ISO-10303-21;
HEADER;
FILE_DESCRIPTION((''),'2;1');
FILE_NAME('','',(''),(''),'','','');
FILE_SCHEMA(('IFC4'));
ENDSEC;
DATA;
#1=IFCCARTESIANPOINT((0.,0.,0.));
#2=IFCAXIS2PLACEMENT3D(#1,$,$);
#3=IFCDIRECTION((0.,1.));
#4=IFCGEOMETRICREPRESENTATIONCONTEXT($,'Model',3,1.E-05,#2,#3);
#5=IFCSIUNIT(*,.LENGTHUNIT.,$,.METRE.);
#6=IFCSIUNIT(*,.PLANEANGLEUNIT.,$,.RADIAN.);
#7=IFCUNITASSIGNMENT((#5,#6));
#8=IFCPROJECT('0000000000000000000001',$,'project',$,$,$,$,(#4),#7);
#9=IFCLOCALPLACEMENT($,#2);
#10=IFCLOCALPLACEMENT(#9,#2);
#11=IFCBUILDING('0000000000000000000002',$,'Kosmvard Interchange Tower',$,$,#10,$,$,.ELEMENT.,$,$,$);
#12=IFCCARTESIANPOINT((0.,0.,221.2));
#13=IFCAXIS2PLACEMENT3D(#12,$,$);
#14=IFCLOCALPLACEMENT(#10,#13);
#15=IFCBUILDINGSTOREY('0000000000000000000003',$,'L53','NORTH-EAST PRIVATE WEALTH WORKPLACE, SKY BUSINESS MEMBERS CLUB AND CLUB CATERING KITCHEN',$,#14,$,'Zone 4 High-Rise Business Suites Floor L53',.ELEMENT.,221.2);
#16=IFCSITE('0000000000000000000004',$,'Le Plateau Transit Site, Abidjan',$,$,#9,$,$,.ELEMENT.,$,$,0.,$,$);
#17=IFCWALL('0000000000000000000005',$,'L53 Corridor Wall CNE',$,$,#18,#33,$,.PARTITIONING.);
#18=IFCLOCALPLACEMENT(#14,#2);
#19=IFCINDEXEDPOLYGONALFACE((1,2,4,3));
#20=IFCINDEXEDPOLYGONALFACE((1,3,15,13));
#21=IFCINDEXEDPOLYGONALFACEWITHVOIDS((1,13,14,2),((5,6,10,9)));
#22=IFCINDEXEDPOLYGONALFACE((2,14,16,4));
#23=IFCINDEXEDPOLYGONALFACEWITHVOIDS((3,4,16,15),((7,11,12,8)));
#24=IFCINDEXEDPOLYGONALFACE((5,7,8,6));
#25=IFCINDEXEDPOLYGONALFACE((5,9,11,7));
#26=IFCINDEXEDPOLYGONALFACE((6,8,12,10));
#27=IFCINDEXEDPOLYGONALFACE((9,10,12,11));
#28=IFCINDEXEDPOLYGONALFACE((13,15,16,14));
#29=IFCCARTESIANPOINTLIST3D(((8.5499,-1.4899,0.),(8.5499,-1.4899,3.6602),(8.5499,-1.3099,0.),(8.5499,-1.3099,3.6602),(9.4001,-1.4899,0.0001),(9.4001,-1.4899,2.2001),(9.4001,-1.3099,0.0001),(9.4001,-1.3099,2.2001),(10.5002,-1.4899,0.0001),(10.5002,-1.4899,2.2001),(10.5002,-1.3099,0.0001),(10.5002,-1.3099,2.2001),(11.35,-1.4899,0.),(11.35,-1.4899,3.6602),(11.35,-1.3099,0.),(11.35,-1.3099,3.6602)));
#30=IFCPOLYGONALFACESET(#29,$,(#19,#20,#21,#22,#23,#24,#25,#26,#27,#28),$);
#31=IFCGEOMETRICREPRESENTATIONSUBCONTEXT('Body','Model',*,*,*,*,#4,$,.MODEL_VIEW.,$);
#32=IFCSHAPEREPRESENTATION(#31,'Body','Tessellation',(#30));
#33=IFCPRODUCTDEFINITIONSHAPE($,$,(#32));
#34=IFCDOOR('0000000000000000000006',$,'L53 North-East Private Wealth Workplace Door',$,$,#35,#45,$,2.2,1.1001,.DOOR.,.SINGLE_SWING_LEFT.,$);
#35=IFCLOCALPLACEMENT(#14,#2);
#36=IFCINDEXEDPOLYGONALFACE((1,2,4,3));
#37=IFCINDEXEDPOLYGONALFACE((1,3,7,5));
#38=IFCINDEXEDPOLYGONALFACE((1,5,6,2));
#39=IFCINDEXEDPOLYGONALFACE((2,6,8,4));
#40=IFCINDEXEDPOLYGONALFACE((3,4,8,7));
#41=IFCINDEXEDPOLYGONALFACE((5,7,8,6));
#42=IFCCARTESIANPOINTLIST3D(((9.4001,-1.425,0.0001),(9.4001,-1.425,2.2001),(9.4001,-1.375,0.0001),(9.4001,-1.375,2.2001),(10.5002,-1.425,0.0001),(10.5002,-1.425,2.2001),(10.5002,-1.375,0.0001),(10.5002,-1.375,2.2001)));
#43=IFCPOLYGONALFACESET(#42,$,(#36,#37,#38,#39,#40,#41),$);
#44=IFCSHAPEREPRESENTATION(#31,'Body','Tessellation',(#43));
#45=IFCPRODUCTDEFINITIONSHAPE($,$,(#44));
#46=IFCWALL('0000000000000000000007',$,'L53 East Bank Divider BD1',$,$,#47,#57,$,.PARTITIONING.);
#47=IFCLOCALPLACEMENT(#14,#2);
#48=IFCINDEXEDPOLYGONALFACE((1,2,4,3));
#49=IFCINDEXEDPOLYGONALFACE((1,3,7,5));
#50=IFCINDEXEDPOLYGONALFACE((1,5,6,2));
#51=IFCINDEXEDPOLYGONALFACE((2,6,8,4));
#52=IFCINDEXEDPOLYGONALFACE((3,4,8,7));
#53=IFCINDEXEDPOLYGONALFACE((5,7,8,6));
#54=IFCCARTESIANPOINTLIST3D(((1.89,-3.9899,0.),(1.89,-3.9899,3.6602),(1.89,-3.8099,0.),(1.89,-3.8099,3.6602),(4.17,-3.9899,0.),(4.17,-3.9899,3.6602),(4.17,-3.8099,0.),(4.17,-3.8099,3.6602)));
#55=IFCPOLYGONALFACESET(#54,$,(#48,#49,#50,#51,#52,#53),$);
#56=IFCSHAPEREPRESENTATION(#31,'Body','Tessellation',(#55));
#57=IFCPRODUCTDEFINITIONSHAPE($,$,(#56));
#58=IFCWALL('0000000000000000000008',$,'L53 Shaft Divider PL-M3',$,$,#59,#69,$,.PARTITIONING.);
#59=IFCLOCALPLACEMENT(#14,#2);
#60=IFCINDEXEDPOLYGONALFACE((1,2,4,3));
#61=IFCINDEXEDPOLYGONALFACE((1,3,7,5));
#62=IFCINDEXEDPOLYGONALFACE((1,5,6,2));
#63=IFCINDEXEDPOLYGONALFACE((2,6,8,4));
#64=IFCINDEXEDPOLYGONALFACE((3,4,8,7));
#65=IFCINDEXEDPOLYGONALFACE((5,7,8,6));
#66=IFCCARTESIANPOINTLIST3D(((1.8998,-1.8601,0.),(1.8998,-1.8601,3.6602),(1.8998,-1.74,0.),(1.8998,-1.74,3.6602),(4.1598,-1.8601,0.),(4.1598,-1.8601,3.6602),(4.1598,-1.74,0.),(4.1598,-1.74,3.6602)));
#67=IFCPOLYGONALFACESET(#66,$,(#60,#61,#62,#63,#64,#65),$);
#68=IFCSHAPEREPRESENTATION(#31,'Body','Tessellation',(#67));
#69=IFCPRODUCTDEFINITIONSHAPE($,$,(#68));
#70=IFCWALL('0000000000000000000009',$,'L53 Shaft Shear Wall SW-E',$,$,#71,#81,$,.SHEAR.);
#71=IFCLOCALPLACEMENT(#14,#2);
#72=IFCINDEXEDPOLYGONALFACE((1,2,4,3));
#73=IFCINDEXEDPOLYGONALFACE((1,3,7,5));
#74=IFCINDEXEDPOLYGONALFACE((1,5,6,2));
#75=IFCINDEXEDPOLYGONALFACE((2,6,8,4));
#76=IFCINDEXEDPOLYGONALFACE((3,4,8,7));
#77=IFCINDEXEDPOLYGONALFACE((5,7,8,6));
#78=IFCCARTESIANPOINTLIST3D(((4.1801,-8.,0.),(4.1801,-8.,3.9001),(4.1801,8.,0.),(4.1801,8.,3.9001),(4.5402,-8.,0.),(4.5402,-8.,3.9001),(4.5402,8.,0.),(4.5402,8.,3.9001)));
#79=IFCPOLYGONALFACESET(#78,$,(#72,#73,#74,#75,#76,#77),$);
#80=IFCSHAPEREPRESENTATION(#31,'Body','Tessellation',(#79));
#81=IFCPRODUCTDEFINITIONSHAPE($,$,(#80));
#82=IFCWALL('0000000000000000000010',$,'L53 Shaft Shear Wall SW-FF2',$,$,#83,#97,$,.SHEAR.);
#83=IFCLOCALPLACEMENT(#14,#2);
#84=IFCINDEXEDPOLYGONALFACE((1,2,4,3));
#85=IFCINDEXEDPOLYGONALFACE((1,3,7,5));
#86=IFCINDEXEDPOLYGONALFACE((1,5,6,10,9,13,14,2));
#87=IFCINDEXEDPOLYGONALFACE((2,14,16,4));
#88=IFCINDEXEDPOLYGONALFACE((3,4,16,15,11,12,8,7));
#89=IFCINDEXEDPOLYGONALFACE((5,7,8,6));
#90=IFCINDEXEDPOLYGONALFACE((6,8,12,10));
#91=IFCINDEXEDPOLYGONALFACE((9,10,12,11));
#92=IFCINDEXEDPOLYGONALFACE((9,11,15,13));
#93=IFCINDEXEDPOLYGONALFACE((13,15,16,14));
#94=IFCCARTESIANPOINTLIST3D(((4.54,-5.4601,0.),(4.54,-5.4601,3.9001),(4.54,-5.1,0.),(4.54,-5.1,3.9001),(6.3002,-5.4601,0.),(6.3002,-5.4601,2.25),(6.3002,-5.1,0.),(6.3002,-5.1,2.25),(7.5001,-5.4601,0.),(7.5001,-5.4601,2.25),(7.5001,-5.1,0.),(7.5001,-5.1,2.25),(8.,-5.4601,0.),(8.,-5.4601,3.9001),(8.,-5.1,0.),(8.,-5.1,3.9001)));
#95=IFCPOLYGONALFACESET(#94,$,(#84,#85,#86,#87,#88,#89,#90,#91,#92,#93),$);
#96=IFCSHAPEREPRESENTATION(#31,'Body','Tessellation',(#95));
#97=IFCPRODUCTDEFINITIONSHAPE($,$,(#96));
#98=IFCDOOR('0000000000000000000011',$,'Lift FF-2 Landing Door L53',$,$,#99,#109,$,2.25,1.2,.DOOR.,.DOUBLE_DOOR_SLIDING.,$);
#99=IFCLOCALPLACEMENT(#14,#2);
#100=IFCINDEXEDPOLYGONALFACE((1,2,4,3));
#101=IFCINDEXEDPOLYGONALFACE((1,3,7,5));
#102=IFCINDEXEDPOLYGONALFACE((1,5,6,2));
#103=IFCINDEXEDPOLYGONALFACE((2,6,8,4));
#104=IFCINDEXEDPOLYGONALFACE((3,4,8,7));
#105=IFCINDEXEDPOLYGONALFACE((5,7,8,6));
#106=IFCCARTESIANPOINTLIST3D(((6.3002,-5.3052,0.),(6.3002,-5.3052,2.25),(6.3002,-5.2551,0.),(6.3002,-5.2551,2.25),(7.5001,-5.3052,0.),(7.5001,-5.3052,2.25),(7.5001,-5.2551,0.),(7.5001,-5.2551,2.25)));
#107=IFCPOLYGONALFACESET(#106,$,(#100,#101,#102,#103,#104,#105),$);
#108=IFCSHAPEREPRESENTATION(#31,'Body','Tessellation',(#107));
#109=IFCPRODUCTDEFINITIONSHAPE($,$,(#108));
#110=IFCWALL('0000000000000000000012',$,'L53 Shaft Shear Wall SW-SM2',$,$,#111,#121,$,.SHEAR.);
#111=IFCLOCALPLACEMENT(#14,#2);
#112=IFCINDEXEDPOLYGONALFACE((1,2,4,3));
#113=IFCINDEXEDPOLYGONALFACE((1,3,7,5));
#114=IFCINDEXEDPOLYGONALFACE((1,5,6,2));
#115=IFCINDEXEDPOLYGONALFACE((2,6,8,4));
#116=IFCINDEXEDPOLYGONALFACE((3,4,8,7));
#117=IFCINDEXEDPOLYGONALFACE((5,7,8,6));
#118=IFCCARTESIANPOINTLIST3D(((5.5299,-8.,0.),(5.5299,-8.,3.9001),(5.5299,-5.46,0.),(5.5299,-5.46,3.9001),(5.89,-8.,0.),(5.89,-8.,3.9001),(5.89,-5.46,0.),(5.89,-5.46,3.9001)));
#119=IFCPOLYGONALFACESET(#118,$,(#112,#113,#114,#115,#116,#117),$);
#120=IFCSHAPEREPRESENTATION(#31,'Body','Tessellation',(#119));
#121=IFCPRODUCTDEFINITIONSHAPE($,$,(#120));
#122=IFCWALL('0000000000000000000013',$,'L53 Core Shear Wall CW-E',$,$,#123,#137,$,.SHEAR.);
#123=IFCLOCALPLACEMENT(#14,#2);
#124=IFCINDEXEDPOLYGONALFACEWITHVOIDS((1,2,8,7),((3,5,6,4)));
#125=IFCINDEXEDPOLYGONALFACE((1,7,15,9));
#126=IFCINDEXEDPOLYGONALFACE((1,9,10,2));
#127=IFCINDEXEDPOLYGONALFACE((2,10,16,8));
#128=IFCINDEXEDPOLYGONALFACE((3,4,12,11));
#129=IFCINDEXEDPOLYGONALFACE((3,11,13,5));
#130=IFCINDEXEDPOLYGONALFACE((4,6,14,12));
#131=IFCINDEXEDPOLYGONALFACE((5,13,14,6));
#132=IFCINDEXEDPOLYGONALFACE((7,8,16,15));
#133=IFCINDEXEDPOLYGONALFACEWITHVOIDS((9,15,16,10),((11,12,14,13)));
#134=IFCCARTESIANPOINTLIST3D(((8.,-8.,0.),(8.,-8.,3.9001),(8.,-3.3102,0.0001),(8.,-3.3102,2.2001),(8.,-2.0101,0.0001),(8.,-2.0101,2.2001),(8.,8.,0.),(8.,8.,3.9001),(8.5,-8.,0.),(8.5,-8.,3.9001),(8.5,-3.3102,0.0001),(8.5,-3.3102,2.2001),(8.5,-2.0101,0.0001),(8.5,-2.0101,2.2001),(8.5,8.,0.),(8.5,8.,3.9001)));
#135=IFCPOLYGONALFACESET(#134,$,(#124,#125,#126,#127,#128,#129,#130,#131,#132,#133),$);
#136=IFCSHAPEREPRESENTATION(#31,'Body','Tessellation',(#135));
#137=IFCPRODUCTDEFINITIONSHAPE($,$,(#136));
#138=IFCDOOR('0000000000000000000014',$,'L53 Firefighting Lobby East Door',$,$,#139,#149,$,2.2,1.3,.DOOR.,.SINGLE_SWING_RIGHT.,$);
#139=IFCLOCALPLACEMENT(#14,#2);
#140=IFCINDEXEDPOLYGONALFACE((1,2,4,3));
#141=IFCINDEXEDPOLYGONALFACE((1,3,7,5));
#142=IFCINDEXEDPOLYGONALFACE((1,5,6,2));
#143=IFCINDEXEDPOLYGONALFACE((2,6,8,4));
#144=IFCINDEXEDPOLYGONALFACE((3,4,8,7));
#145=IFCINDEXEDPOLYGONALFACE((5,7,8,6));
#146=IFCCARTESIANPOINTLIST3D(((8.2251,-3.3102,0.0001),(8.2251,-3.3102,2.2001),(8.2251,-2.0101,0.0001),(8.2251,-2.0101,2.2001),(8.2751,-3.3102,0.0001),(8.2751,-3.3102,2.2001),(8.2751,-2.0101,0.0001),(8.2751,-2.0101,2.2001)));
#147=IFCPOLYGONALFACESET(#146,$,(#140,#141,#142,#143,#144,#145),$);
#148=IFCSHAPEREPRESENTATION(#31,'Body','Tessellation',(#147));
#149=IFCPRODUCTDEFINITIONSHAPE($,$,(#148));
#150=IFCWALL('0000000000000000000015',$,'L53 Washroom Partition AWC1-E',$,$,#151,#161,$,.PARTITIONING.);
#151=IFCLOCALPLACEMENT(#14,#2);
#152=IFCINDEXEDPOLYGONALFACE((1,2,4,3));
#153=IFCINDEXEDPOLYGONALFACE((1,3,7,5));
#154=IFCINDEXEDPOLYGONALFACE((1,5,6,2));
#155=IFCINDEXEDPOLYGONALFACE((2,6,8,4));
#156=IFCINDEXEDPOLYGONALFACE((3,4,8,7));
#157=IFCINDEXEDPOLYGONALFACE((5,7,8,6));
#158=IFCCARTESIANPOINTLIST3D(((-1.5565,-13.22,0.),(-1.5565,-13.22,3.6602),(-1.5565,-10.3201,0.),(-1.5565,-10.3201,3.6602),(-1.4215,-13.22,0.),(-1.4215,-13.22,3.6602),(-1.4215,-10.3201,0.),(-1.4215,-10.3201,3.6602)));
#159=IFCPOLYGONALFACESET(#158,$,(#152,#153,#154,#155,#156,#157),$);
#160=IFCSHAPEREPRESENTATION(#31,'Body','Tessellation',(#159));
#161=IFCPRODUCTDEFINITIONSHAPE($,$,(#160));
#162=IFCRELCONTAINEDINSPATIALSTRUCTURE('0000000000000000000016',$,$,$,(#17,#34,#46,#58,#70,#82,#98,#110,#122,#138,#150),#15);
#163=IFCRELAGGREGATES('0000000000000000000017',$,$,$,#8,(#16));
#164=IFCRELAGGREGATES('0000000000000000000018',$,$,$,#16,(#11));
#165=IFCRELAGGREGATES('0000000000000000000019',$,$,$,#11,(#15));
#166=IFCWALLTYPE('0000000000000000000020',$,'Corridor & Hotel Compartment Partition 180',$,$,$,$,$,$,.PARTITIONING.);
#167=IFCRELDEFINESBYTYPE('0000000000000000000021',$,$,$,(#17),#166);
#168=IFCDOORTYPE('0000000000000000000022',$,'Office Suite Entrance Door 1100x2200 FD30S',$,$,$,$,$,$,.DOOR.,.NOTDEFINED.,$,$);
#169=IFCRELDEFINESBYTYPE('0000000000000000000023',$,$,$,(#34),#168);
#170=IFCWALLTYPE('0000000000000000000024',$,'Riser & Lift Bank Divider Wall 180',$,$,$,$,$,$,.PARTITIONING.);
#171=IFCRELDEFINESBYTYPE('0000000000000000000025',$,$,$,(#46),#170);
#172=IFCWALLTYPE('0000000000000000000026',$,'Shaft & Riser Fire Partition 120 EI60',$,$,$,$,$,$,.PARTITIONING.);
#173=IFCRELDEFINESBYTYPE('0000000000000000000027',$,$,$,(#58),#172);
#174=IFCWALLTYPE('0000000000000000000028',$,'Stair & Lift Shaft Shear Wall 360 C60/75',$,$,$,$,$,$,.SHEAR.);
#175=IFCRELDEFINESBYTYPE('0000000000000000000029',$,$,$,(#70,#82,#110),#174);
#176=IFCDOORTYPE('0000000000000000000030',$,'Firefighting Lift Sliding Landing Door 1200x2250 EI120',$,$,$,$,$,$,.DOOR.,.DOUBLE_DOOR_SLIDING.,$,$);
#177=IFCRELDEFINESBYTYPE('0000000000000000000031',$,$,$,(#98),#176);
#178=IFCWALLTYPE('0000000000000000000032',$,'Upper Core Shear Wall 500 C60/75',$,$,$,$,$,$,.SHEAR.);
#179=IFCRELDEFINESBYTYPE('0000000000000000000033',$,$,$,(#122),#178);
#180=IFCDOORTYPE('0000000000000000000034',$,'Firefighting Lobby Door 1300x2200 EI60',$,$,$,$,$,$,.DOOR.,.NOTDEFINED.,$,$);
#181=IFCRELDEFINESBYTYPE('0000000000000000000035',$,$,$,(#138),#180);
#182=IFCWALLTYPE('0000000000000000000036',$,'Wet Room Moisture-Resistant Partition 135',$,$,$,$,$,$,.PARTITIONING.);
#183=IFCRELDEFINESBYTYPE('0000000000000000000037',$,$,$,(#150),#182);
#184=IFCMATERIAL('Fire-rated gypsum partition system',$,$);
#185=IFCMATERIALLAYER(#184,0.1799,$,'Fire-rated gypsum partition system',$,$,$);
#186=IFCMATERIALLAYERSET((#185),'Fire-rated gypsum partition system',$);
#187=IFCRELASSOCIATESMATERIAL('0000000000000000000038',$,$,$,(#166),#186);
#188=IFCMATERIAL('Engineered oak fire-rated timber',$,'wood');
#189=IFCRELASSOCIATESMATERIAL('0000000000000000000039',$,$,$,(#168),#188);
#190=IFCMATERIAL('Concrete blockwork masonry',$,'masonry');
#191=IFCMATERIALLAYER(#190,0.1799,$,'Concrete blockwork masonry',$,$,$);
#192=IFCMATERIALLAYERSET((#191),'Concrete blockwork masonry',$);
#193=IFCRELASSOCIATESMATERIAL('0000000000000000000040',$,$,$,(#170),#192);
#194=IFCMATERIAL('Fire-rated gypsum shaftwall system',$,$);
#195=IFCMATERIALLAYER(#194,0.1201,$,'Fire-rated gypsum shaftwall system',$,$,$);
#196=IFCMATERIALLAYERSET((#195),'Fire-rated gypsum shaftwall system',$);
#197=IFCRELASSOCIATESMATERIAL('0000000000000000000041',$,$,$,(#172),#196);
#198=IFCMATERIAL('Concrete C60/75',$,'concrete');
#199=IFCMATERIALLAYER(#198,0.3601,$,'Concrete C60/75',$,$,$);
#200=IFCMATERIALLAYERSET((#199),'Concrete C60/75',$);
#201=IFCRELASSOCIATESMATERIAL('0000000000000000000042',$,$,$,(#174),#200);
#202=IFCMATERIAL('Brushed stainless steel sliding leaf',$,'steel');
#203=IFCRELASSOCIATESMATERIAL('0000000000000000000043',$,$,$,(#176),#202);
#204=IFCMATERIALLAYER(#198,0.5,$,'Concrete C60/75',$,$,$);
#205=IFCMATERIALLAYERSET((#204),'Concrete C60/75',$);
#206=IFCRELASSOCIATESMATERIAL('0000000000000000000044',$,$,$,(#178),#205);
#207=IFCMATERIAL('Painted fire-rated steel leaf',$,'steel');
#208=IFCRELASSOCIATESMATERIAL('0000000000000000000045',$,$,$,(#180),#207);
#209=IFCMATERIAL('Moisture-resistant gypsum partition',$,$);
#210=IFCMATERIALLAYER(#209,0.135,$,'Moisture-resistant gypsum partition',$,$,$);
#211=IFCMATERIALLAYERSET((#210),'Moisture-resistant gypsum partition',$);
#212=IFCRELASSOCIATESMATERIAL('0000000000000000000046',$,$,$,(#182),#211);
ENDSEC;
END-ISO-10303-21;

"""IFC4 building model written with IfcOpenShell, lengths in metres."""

from ifc_helpers import new_model, si_unit, direction, frame, frame_2d, origin, place, context, subcontext, project, spatial, rectangle, extrude, source, transform, mapped, material, layer, layer_set, type_object, element, fill, save


model = new_model("IFC4")

# Units and contexts
model_context = context("Model", 3, precision=1e-05, world=origin(), true_north=direction((0.0, 1.0)))
body_context = subcontext(model_context, "Body", "Model", "MODEL_VIEW")
ifc_project = project(units=[si_unit("LENGTHUNIT", "METRE"), si_unit("PLANEANGLEUNIT", "RADIAN")], contexts=[model_context])

# Site, building, storey
site_placement = place(None, origin())
site = spatial("IfcSite", under=ifc_project, at=site_placement, Name="Le Plateau Transit Site, Abidjan", CompositionType="ELEMENT", RefElevation=0.0)
building_placement = place(site_placement, origin())
building = spatial("IfcBuilding", under=site, at=building_placement, Name="Kosmvard Interchange Tower", CompositionType="ELEMENT")
storey_placement = place(building_placement, frame((0.0, 0.0, 221.2)))
storey = spatial("IfcBuildingStorey", under=building, at=storey_placement, Name="L53", Description="NORTH-EAST PRIVATE WEALTH WORKPLACE, SKY BUSINESS MEMBERS CLUB AND CLUB CATERING KITCHEN", LongName="Zone 4 High-Rise Business Suites Floor L53", CompositionType="ELEMENT", Elevation=221.2)

# Shared definitions
ifc_material_1 = material(Name="Concrete C60/75", Category="concrete")

# Shared definitions
ifc_material_2 = material(Name="Fire-rated gypsum partition system")
ifc_layer_1 = layer(ifc_material_2, 0.1799, Name="Fire-rated gypsum partition system")
ifc_layer_set_1 = layer_set([ifc_layer_1], Name="Fire-rated gypsum partition system")
wall_type_1 = type_object("IfcWallType", Name="Corridor & Hotel Compartment Partition 180", PredefinedType="PARTITIONING", material=ifc_layer_set_1)
ifc_material_3 = material(Name="Painted fire-rated steel leaf", Category="steel")
ifc_material_4 = material(Name="Brushed stainless steel sliding leaf", Category="steel")
shared_shape_1 = source(origin(), body_context, "Body", "SweptSolid", [
    extrude(rectangle(XDim=1.1001, YDim=2.2, at=frame_2d((0.55, 1.1001))), frame((0.0, 0.0249, 0.0), z_axis=(0.0, -1.0, 0.0), x_axis=(1.0, 0.0, 0.0)), (0.0, 0.0, 1.0), 0.05),
])

# Wall, opening, door
wall_1_placement = place(storey_placement, frame((8.55, -1.3999, 0.0), z_axis=(0.0, 0.0, 1.0), x_axis=(1.0, 0.0, 0.0)))
wall_1 = element("IfcWall", 1, at=wall_1_placement, inside=storey, type_object=wall_type_1, Name="L53 Corridor Wall CNE", PredefinedType="PARTITIONING", context=body_context, shape_type="SweptSolid", body=[
    extrude(rectangle(XDim=2.8, YDim=0.1799, at=frame_2d((1.3999, 0.0))), origin(), (0.0, 0.0, 1.0), 3.6602),
])
opening_1_placement = place(wall_1_placement, frame((0.8501, 0.0, 0.0)))
opening_1 = element("IfcOpeningElement", 2, at=opening_1_placement, cuts=wall_1, PredefinedType="OPENING", context=body_context, shape_type="SweptSolid", body=[
    extrude(rectangle(XDim=1.1001, YDim=2.2, at=frame_2d((0.55, 1.1001))), frame((0.0, 0.1001, 0.0), z_axis=(0.0, -1.0, 0.0), x_axis=(1.0, 0.0, 0.0)), (0.0, 0.0, 1.0), 0.2),
])
ifc_material_5 = material(Name="Engineered oak fire-rated timber", Category="wood")
door_type_1 = type_object("IfcDoorType", Name="Office Suite Entrance Door 1100x2200 FD30S", OperationType="NOTDEFINED", PredefinedType="DOOR", material=ifc_material_5)
door_1_placement = place(opening_1_placement, origin())
door_1 = element("IfcDoor", 3, at=door_1_placement, inside=storey, type_object=door_type_1, Name="L53 North-East Private Wealth Workplace Door", OperationType="SINGLE_SWING_LEFT", OverallHeight=2.2, OverallWidth=1.1001, PredefinedType="DOOR", context=body_context, shape_type="MappedRepresentation", body=[
    mapped(shared_shape_1, transform((0.0, 0.0, 0.0), scale=1.0)),
])
fill(opening_1, door_1)

# Walls
ifc_material_6 = material(Name="Concrete blockwork masonry", Category="masonry")
ifc_layer_2 = layer(ifc_material_6, 0.1799, Name="Concrete blockwork masonry")
ifc_layer_set_2 = layer_set([ifc_layer_2], Name="Concrete blockwork masonry")
wall_type_2 = type_object("IfcWallType", Name="Riser & Lift Bank Divider Wall 180", PredefinedType="PARTITIONING", material=ifc_layer_set_2)
wall_2_placement = place(storey_placement, frame((1.8899, -3.8999, 0.0), z_axis=(0.0, 0.0, 1.0), x_axis=(1.0, 0.0, 0.0)))
element("IfcWall", 4, at=wall_2_placement, inside=storey, type_object=wall_type_2, Name="L53 East Bank Divider BD1", PredefinedType="PARTITIONING", context=body_context, shape_type="SweptSolid", body=[
    extrude(rectangle(XDim=2.28, YDim=0.1799, at=frame_2d((1.1401, 0.0))), origin(), (0.0, 0.0, 1.0), 3.6602),
])
ifc_material_7 = material(Name="Fire-rated gypsum shaftwall system")
ifc_layer_3 = layer(ifc_material_7, 0.1201, Name="Fire-rated gypsum shaftwall system")
ifc_layer_set_3 = layer_set([ifc_layer_3], Name="Fire-rated gypsum shaftwall system")
wall_type_3 = type_object("IfcWallType", Name="Shaft & Riser Fire Partition 120 EI60", PredefinedType="PARTITIONING", material=ifc_layer_set_3)
wall_3_placement = place(storey_placement, frame((1.8999, -1.8, 0.0), z_axis=(0.0, 0.0, 1.0), x_axis=(1.0, 0.0, 0.0)))
element("IfcWall", 5, at=wall_3_placement, inside=storey, type_object=wall_type_3, Name="L53 Shaft Divider PL-M3", PredefinedType="PARTITIONING", context=body_context, shape_type="SweptSolid", body=[
    extrude(rectangle(XDim=2.26, YDim=0.1201, at=frame_2d((1.1299, 0.0))), origin(), (0.0, 0.0, 1.0), 3.6602),
])
ifc_layer_4 = layer(ifc_material_1, 0.3601, Name="Concrete C60/75")
ifc_layer_set_4 = layer_set([ifc_layer_4], Name="Concrete C60/75")
wall_type_4 = type_object("IfcWallType", Name="Stair & Lift Shaft Shear Wall 360 C60/75", PredefinedType="SHEAR", material=ifc_layer_set_4)
wall_4_placement = place(storey_placement, frame((4.3601, -8.0, 0.0), z_axis=(0.0, 0.0, 1.0), x_axis=(0.0, 1.0, 0.0)))
element("IfcWall", 6, at=wall_4_placement, inside=storey, type_object=wall_type_4, Name="L53 Shaft Shear Wall SW-E", PredefinedType="SHEAR", context=body_context, shape_type="SweptSolid", body=[
    extrude(rectangle(XDim=16.0, YDim=0.3601, at=frame_2d((8.0, 0.0))), origin(), (0.0, 0.0, 1.0), 3.9001),
])

# Wall, opening, door
wall_5_placement = place(storey_placement, frame((4.54, -5.28, 0.0), z_axis=(0.0, 0.0, 1.0), x_axis=(1.0, 0.0, 0.0)))
wall_5 = element("IfcWall", 7, at=wall_5_placement, inside=storey, type_object=wall_type_4, Name="L53 Shaft Shear Wall SW-FF2", PredefinedType="SHEAR", context=body_context, shape_type="SweptSolid", body=[
    extrude(rectangle(XDim=3.46, YDim=0.3601, at=frame_2d((1.73, 0.0))), origin(), (0.0, 0.0, 1.0), 3.9001),
])
opening_2_placement = place(wall_5_placement, frame((1.76, 0.0, 0.0)))
opening_2 = element("IfcOpeningElement", 8, at=opening_2_placement, cuts=wall_5, PredefinedType="OPENING", context=body_context, shape_type="SweptSolid", body=[
    extrude(rectangle(XDim=1.2, YDim=2.25, at=frame_2d((0.6001, 1.125))), frame((0.0, 0.1899, 0.0), z_axis=(0.0, -1.0, 0.0), x_axis=(1.0, 0.0, 0.0)), (0.0, 0.0, 1.0), 0.3801),
])
door_type_2 = type_object("IfcDoorType", Name="Firefighting Lift Sliding Landing Door 1200x2250 EI120", OperationType="DOUBLE_DOOR_SLIDING", PredefinedType="DOOR", material=ifc_material_4)
shared_shape_2 = source(origin(), body_context, "Body", "SweptSolid", [
    extrude(rectangle(XDim=1.2, YDim=2.25, at=frame_2d((0.6001, 1.125))), frame((0.0, 0.0249, 0.0), z_axis=(0.0, -1.0, 0.0), x_axis=(1.0, 0.0, 0.0)), (0.0, 0.0, 1.0), 0.05),
])
door_2_placement = place(opening_2_placement, origin())
door_2 = element("IfcDoor", 9, at=door_2_placement, inside=storey, type_object=door_type_2, Name="Lift FF-2 Landing Door L53", OperationType="DOUBLE_DOOR_SLIDING", OverallHeight=2.25, OverallWidth=1.2, PredefinedType="DOOR", context=body_context, shape_type="MappedRepresentation", body=[
    mapped(shared_shape_2, transform((0.0, 0.0, 0.0), scale=1.0)),
])
fill(opening_2, door_2)

# Wall
wall_6_placement = place(storey_placement, frame((5.71, -8.0, 0.0), z_axis=(0.0, 0.0, 1.0), x_axis=(0.0, 1.0, 0.0)))
element("IfcWall", 10, at=wall_6_placement, inside=storey, type_object=wall_type_4, Name="L53 Shaft Shear Wall SW-SM2", PredefinedType="SHEAR", context=body_context, shape_type="SweptSolid", body=[
    extrude(rectangle(XDim=2.54, YDim=0.3601, at=frame_2d((1.27, 0.0))), origin(), (0.0, 0.0, 1.0), 3.9001),
])

# Wall, opening, door
ifc_layer_5 = layer(ifc_material_1, 0.5, Name="Concrete C60/75")
ifc_layer_set_5 = layer_set([ifc_layer_5], Name="Concrete C60/75")
wall_type_5 = type_object("IfcWallType", Name="Upper Core Shear Wall 500 C60/75", PredefinedType="SHEAR", material=ifc_layer_set_5)
wall_7_placement = place(storey_placement, frame((8.25, -8.0, 0.0), z_axis=(0.0, 0.0, 1.0), x_axis=(0.0, 1.0, 0.0)))
wall_7 = element("IfcWall", 11, at=wall_7_placement, inside=storey, type_object=wall_type_5, Name="L53 Core Shear Wall CW-E", PredefinedType="SHEAR", context=body_context, shape_type="SweptSolid", body=[
    extrude(rectangle(XDim=16.0, YDim=0.5, at=frame_2d((8.0, 0.0))), origin(), (0.0, 0.0, 1.0), 3.9001),
])
opening_3_placement = place(wall_7_placement, frame((4.6899, 0.0, 0.0)))
opening_3 = element("IfcOpeningElement", 12, at=opening_3_placement, cuts=wall_7, PredefinedType="OPENING", context=body_context, shape_type="SweptSolid", body=[
    extrude(rectangle(XDim=1.3, YDim=2.2, at=frame_2d((0.6499, 1.1001))), frame((0.0, 0.26, 0.0), z_axis=(0.0, -1.0, 0.0), x_axis=(1.0, 0.0, 0.0)), (0.0, 0.0, 1.0), 0.52),
])
door_type_3 = type_object("IfcDoorType", Name="Firefighting Lobby Door 1300x2200 EI60", OperationType="NOTDEFINED", PredefinedType="DOOR", material=ifc_material_3)
shared_shape_3 = source(origin(), body_context, "Body", "SweptSolid", [
    extrude(rectangle(XDim=1.3, YDim=2.2, at=frame_2d((0.6499, 1.1001))), frame((0.0, 0.0249, 0.0), z_axis=(0.0, -1.0, 0.0), x_axis=(1.0, 0.0, 0.0)), (0.0, 0.0, 1.0), 0.05),
])
door_3_placement = place(opening_3_placement, origin())
door_3 = element("IfcDoor", 13, at=door_3_placement, inside=storey, type_object=door_type_3, Name="L53 Firefighting Lobby East Door", OperationType="SINGLE_SWING_RIGHT", OverallHeight=2.2, OverallWidth=1.3, PredefinedType="DOOR", context=body_context, shape_type="MappedRepresentation", body=[
    mapped(shared_shape_3, transform((0.0, 0.0, 0.0), scale=1.0)),
])
fill(opening_3, door_3)

# Wall
ifc_material_8 = material(Name="Moisture-resistant gypsum partition")
ifc_layer_6 = layer(ifc_material_8, 0.135, Name="Moisture-resistant gypsum partition")
ifc_layer_set_6 = layer_set([ifc_layer_6], Name="Moisture-resistant gypsum partition")
wall_type_6 = type_object("IfcWallType", Name="Wet Room Moisture-Resistant Partition 135", PredefinedType="PARTITIONING", material=ifc_layer_set_6)
wall_8_placement = place(storey_placement, frame((-1.489, -13.22, 0.0), z_axis=(0.0, 0.0, 1.0), x_axis=(0.0, 1.0, 0.0)))
element("IfcWall", 14, at=wall_8_placement, inside=storey, type_object=wall_type_6, Name="L53 Washroom Partition AWC1-E", PredefinedType="PARTITIONING", context=body_context, shape_type="SweptSolid", body=[
    extrude(rectangle(XDim=2.8999, YDim=0.135, at=frame_2d((1.45, 0.0))), origin(), (0.0, 0.0, 1.0), 3.6602),
])

save(model, "model.ifc")
